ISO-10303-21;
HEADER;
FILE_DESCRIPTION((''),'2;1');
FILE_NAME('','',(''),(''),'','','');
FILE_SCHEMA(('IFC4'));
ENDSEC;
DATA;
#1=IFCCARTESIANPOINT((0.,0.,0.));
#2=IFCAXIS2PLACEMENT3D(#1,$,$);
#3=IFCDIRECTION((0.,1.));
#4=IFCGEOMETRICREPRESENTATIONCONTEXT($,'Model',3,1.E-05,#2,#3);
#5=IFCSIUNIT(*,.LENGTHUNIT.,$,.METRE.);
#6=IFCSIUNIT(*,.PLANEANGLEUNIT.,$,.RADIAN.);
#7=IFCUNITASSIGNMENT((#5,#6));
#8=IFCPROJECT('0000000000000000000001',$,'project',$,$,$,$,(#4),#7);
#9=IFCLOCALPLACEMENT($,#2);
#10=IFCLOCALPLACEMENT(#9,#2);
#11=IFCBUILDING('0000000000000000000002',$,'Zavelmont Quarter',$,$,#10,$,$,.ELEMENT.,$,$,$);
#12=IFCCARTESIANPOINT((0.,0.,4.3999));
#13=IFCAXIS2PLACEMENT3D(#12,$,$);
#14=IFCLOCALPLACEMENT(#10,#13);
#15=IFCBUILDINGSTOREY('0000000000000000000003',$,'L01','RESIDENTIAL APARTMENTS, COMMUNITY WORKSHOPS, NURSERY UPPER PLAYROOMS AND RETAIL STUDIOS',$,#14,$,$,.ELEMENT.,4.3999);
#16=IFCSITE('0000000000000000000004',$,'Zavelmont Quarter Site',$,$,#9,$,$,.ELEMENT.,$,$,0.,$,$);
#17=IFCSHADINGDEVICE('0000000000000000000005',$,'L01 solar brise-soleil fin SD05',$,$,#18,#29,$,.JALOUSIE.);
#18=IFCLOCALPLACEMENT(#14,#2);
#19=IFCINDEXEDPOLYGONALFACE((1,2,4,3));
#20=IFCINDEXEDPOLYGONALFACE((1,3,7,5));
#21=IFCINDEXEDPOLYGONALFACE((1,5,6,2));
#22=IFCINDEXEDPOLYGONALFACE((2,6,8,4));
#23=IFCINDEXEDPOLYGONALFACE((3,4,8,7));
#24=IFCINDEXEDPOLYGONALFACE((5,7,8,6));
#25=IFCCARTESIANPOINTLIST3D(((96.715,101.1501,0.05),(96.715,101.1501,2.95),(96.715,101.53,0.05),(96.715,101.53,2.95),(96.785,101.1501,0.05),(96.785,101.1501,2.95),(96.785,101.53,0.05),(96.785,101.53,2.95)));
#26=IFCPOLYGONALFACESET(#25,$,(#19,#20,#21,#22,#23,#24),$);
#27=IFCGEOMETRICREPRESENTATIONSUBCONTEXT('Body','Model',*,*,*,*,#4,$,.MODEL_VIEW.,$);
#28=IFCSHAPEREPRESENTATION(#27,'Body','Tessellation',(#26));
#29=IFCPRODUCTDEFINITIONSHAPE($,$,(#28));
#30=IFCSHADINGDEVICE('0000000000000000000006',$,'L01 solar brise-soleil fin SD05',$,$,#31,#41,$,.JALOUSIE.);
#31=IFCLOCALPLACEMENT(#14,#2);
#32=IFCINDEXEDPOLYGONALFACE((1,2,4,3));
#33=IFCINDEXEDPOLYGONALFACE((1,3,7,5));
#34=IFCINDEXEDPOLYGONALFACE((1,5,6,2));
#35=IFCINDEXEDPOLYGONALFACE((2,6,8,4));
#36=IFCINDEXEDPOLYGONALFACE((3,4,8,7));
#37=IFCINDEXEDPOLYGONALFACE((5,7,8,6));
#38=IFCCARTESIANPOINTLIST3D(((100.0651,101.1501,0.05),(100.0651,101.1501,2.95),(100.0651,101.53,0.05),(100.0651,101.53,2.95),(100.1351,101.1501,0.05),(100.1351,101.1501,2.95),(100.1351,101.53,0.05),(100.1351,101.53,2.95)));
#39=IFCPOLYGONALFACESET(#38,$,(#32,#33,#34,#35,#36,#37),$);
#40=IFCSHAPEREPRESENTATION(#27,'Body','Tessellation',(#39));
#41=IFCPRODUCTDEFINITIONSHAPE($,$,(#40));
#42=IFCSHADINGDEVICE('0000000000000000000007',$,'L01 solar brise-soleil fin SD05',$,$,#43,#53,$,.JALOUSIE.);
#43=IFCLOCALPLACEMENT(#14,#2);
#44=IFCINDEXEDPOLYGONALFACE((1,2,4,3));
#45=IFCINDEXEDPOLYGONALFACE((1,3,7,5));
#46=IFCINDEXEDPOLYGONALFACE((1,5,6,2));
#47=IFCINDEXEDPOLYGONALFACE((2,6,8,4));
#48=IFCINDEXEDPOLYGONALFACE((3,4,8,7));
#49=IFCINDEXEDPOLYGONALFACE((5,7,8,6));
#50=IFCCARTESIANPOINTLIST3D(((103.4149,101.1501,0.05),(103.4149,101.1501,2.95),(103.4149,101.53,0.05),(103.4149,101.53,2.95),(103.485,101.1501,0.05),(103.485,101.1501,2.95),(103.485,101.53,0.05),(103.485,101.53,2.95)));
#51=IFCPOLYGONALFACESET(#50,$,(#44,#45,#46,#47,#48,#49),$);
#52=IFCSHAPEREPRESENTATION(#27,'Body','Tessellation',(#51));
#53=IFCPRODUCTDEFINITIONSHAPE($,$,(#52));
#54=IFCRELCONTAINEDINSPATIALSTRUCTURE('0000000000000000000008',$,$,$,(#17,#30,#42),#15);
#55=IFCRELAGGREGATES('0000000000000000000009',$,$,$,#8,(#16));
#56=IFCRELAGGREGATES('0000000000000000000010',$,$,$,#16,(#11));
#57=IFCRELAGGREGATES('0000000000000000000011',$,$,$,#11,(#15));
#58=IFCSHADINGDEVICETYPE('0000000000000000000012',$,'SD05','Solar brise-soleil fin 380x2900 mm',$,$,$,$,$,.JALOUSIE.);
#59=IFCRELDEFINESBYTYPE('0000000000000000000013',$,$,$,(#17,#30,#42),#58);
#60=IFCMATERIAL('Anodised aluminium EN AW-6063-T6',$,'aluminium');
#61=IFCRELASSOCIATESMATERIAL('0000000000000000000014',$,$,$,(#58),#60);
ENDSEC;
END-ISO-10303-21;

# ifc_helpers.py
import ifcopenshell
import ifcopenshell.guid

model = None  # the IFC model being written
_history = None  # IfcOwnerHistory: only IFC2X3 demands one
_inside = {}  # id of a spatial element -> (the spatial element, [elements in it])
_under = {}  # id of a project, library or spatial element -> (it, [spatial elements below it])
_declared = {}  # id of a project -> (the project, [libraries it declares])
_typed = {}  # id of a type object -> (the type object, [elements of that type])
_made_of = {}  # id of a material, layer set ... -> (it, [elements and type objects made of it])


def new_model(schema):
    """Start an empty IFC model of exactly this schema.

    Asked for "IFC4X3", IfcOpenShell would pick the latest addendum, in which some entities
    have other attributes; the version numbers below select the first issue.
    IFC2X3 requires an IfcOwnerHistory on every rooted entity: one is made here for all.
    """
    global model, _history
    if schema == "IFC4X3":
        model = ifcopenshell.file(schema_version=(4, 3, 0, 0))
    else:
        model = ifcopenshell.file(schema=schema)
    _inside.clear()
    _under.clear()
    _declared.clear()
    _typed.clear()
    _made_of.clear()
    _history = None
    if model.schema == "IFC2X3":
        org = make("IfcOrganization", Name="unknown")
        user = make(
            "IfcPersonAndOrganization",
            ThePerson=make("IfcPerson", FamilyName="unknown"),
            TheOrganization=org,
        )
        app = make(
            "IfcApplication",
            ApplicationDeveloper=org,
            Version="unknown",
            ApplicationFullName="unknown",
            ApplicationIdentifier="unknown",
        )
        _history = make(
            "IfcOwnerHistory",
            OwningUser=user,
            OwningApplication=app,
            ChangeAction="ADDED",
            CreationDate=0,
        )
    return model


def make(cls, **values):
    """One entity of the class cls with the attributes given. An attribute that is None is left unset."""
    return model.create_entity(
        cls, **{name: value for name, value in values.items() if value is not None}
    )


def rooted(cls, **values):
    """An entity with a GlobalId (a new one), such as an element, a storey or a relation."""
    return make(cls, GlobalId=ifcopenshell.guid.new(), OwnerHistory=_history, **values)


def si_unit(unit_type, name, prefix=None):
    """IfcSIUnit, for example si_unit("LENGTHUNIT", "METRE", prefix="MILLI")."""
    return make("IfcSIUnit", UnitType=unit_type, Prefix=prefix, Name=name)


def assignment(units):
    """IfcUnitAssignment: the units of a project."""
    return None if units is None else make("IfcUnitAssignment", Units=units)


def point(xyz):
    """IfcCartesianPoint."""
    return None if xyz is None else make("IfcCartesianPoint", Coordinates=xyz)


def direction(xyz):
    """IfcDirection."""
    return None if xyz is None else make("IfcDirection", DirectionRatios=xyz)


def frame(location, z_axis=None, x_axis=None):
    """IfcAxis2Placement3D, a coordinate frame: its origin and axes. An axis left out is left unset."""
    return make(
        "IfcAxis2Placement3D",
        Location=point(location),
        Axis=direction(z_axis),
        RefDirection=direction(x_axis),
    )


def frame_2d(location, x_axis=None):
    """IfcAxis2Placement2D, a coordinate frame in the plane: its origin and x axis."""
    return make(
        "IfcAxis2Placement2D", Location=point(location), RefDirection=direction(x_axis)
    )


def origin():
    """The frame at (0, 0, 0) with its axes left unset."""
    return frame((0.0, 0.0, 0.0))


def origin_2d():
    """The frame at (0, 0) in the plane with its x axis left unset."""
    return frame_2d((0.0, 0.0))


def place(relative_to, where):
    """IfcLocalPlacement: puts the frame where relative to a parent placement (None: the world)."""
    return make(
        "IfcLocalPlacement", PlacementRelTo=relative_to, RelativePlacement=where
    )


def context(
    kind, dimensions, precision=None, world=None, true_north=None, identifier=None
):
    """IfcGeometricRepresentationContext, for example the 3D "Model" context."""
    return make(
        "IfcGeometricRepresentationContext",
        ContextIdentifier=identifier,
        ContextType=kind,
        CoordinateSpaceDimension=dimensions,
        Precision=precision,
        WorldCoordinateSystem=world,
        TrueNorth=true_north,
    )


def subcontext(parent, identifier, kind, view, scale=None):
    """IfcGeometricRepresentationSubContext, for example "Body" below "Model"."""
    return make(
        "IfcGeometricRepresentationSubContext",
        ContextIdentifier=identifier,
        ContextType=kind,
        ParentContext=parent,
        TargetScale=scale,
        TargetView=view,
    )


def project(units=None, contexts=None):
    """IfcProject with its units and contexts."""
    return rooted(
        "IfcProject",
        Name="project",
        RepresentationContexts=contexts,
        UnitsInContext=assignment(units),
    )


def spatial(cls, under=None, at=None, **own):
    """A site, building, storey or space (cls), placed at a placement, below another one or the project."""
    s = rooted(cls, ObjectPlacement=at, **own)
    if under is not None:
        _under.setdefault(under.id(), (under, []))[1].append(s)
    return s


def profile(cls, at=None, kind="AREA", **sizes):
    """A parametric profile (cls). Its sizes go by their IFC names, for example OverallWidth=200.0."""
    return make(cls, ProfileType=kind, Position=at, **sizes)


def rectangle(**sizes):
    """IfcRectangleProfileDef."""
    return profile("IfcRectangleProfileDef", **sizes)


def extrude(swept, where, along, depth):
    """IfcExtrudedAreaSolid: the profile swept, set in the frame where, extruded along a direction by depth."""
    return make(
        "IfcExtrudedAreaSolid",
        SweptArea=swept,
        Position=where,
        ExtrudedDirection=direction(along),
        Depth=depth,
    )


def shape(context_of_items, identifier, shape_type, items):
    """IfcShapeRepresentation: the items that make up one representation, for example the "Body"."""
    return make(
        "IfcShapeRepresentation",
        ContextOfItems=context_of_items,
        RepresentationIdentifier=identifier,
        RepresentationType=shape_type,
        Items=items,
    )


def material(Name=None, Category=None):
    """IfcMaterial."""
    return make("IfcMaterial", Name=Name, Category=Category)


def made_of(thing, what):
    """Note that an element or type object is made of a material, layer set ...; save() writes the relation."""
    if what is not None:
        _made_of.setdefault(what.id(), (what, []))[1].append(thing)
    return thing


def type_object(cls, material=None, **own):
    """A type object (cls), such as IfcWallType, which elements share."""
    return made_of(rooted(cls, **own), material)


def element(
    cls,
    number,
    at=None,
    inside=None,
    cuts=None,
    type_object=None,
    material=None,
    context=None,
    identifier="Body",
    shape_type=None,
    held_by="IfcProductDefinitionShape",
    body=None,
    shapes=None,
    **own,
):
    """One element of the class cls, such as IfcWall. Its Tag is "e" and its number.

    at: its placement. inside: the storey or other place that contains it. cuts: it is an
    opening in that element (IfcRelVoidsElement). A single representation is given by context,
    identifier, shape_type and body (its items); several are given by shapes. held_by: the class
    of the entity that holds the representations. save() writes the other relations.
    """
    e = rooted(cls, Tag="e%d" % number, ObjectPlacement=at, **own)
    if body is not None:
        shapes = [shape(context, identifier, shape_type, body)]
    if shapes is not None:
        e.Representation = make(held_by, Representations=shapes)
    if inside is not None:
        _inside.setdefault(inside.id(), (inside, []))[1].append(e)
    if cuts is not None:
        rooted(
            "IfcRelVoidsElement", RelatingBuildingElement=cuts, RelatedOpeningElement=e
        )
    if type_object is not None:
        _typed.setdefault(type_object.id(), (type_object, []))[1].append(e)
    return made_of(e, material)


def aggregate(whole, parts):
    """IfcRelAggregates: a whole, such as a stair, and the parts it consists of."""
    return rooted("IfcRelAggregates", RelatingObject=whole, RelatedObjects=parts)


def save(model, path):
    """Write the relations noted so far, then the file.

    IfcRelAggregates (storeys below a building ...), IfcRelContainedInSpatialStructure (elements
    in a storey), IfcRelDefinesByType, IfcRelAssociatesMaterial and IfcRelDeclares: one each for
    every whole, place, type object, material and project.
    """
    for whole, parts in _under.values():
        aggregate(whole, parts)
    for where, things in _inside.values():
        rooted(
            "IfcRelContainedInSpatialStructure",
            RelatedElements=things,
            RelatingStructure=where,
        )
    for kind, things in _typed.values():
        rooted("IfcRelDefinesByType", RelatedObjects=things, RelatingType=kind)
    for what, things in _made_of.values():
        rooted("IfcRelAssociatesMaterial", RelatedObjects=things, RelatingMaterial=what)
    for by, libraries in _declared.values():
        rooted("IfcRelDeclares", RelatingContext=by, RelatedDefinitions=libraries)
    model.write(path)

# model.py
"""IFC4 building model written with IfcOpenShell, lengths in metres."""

from ifc_helpers import new_model, si_unit, direction, frame, origin, origin_2d, place, context, subcontext, project, spatial, rectangle, extrude, material, type_object, element, save


model = new_model("IFC4")

# Units and contexts
model_context = context("Model", 3, precision=1e-05, world=origin(), true_north=direction((0.0, 1.0)))
body_context = subcontext(model_context, "Body", "Model", "MODEL_VIEW")
ifc_project = project(units=[si_unit("LENGTHUNIT", "METRE"), si_unit("PLANEANGLEUNIT", "RADIAN")], contexts=[model_context])

# Site, building, storey
site_placement = place(None, origin())
site = spatial("IfcSite", under=ifc_project, at=site_placement, Name="Zavelmont Quarter Site", CompositionType="ELEMENT", RefElevation=0.0)
building_placement = place(site_placement, origin())
building = spatial("IfcBuilding", under=site, at=building_placement, Name="Zavelmont Quarter", CompositionType="ELEMENT")
storey_placement = place(building_placement, frame((0.0, 0.0, 4.3999)))
storey = spatial("IfcBuildingStorey", under=building, at=storey_placement, Name="L01", Description="RESIDENTIAL APARTMENTS, COMMUNITY WORKSHOPS, NURSERY UPPER PLAYROOMS AND RETAIL STUDIOS", CompositionType="ELEMENT", Elevation=4.3999)

# Shading devices
ifc_material_1 = material(Name="Anodised aluminium EN AW-6063-T6", Category="aluminium")
shading_device_type = type_object("IfcShadingDeviceType", Name="SD05", Description="Solar brise-soleil fin 380x2900 mm", PredefinedType="JALOUSIE", material=ifc_material_1)
for number, where, z_axis, x_axis, name in (
    (1, (96.75, 101.3401, 0.05), (0.0, 0.0, 1.0), (1.0, 0.0, 0.0), "L01 solar brise-soleil fin SD05"),
    (2, (100.1001, 101.3401, 0.05), (0.0, 0.0, 1.0), (1.0, 0.0, 0.0), "L01 solar brise-soleil fin SD05"),
    (3, (103.45, 101.3401, 0.05), (0.0, 0.0, 1.0), (1.0, 0.0, 0.0), "L01 solar brise-soleil fin SD05"),
):
    element("IfcShadingDevice", number, at=place(storey_placement, frame(where, z_axis=z_axis, x_axis=x_axis)), inside=storey, type_object=shading_device_type, Name=name, PredefinedType="JALOUSIE", context=body_context, shape_type="SweptSolid", body=[
        extrude(rectangle(XDim=0.0701, YDim=0.3799, at=origin_2d()), origin(), (0.0, 0.0, 1.0), 2.8999),
    ])

save(model, "model.ifc")
